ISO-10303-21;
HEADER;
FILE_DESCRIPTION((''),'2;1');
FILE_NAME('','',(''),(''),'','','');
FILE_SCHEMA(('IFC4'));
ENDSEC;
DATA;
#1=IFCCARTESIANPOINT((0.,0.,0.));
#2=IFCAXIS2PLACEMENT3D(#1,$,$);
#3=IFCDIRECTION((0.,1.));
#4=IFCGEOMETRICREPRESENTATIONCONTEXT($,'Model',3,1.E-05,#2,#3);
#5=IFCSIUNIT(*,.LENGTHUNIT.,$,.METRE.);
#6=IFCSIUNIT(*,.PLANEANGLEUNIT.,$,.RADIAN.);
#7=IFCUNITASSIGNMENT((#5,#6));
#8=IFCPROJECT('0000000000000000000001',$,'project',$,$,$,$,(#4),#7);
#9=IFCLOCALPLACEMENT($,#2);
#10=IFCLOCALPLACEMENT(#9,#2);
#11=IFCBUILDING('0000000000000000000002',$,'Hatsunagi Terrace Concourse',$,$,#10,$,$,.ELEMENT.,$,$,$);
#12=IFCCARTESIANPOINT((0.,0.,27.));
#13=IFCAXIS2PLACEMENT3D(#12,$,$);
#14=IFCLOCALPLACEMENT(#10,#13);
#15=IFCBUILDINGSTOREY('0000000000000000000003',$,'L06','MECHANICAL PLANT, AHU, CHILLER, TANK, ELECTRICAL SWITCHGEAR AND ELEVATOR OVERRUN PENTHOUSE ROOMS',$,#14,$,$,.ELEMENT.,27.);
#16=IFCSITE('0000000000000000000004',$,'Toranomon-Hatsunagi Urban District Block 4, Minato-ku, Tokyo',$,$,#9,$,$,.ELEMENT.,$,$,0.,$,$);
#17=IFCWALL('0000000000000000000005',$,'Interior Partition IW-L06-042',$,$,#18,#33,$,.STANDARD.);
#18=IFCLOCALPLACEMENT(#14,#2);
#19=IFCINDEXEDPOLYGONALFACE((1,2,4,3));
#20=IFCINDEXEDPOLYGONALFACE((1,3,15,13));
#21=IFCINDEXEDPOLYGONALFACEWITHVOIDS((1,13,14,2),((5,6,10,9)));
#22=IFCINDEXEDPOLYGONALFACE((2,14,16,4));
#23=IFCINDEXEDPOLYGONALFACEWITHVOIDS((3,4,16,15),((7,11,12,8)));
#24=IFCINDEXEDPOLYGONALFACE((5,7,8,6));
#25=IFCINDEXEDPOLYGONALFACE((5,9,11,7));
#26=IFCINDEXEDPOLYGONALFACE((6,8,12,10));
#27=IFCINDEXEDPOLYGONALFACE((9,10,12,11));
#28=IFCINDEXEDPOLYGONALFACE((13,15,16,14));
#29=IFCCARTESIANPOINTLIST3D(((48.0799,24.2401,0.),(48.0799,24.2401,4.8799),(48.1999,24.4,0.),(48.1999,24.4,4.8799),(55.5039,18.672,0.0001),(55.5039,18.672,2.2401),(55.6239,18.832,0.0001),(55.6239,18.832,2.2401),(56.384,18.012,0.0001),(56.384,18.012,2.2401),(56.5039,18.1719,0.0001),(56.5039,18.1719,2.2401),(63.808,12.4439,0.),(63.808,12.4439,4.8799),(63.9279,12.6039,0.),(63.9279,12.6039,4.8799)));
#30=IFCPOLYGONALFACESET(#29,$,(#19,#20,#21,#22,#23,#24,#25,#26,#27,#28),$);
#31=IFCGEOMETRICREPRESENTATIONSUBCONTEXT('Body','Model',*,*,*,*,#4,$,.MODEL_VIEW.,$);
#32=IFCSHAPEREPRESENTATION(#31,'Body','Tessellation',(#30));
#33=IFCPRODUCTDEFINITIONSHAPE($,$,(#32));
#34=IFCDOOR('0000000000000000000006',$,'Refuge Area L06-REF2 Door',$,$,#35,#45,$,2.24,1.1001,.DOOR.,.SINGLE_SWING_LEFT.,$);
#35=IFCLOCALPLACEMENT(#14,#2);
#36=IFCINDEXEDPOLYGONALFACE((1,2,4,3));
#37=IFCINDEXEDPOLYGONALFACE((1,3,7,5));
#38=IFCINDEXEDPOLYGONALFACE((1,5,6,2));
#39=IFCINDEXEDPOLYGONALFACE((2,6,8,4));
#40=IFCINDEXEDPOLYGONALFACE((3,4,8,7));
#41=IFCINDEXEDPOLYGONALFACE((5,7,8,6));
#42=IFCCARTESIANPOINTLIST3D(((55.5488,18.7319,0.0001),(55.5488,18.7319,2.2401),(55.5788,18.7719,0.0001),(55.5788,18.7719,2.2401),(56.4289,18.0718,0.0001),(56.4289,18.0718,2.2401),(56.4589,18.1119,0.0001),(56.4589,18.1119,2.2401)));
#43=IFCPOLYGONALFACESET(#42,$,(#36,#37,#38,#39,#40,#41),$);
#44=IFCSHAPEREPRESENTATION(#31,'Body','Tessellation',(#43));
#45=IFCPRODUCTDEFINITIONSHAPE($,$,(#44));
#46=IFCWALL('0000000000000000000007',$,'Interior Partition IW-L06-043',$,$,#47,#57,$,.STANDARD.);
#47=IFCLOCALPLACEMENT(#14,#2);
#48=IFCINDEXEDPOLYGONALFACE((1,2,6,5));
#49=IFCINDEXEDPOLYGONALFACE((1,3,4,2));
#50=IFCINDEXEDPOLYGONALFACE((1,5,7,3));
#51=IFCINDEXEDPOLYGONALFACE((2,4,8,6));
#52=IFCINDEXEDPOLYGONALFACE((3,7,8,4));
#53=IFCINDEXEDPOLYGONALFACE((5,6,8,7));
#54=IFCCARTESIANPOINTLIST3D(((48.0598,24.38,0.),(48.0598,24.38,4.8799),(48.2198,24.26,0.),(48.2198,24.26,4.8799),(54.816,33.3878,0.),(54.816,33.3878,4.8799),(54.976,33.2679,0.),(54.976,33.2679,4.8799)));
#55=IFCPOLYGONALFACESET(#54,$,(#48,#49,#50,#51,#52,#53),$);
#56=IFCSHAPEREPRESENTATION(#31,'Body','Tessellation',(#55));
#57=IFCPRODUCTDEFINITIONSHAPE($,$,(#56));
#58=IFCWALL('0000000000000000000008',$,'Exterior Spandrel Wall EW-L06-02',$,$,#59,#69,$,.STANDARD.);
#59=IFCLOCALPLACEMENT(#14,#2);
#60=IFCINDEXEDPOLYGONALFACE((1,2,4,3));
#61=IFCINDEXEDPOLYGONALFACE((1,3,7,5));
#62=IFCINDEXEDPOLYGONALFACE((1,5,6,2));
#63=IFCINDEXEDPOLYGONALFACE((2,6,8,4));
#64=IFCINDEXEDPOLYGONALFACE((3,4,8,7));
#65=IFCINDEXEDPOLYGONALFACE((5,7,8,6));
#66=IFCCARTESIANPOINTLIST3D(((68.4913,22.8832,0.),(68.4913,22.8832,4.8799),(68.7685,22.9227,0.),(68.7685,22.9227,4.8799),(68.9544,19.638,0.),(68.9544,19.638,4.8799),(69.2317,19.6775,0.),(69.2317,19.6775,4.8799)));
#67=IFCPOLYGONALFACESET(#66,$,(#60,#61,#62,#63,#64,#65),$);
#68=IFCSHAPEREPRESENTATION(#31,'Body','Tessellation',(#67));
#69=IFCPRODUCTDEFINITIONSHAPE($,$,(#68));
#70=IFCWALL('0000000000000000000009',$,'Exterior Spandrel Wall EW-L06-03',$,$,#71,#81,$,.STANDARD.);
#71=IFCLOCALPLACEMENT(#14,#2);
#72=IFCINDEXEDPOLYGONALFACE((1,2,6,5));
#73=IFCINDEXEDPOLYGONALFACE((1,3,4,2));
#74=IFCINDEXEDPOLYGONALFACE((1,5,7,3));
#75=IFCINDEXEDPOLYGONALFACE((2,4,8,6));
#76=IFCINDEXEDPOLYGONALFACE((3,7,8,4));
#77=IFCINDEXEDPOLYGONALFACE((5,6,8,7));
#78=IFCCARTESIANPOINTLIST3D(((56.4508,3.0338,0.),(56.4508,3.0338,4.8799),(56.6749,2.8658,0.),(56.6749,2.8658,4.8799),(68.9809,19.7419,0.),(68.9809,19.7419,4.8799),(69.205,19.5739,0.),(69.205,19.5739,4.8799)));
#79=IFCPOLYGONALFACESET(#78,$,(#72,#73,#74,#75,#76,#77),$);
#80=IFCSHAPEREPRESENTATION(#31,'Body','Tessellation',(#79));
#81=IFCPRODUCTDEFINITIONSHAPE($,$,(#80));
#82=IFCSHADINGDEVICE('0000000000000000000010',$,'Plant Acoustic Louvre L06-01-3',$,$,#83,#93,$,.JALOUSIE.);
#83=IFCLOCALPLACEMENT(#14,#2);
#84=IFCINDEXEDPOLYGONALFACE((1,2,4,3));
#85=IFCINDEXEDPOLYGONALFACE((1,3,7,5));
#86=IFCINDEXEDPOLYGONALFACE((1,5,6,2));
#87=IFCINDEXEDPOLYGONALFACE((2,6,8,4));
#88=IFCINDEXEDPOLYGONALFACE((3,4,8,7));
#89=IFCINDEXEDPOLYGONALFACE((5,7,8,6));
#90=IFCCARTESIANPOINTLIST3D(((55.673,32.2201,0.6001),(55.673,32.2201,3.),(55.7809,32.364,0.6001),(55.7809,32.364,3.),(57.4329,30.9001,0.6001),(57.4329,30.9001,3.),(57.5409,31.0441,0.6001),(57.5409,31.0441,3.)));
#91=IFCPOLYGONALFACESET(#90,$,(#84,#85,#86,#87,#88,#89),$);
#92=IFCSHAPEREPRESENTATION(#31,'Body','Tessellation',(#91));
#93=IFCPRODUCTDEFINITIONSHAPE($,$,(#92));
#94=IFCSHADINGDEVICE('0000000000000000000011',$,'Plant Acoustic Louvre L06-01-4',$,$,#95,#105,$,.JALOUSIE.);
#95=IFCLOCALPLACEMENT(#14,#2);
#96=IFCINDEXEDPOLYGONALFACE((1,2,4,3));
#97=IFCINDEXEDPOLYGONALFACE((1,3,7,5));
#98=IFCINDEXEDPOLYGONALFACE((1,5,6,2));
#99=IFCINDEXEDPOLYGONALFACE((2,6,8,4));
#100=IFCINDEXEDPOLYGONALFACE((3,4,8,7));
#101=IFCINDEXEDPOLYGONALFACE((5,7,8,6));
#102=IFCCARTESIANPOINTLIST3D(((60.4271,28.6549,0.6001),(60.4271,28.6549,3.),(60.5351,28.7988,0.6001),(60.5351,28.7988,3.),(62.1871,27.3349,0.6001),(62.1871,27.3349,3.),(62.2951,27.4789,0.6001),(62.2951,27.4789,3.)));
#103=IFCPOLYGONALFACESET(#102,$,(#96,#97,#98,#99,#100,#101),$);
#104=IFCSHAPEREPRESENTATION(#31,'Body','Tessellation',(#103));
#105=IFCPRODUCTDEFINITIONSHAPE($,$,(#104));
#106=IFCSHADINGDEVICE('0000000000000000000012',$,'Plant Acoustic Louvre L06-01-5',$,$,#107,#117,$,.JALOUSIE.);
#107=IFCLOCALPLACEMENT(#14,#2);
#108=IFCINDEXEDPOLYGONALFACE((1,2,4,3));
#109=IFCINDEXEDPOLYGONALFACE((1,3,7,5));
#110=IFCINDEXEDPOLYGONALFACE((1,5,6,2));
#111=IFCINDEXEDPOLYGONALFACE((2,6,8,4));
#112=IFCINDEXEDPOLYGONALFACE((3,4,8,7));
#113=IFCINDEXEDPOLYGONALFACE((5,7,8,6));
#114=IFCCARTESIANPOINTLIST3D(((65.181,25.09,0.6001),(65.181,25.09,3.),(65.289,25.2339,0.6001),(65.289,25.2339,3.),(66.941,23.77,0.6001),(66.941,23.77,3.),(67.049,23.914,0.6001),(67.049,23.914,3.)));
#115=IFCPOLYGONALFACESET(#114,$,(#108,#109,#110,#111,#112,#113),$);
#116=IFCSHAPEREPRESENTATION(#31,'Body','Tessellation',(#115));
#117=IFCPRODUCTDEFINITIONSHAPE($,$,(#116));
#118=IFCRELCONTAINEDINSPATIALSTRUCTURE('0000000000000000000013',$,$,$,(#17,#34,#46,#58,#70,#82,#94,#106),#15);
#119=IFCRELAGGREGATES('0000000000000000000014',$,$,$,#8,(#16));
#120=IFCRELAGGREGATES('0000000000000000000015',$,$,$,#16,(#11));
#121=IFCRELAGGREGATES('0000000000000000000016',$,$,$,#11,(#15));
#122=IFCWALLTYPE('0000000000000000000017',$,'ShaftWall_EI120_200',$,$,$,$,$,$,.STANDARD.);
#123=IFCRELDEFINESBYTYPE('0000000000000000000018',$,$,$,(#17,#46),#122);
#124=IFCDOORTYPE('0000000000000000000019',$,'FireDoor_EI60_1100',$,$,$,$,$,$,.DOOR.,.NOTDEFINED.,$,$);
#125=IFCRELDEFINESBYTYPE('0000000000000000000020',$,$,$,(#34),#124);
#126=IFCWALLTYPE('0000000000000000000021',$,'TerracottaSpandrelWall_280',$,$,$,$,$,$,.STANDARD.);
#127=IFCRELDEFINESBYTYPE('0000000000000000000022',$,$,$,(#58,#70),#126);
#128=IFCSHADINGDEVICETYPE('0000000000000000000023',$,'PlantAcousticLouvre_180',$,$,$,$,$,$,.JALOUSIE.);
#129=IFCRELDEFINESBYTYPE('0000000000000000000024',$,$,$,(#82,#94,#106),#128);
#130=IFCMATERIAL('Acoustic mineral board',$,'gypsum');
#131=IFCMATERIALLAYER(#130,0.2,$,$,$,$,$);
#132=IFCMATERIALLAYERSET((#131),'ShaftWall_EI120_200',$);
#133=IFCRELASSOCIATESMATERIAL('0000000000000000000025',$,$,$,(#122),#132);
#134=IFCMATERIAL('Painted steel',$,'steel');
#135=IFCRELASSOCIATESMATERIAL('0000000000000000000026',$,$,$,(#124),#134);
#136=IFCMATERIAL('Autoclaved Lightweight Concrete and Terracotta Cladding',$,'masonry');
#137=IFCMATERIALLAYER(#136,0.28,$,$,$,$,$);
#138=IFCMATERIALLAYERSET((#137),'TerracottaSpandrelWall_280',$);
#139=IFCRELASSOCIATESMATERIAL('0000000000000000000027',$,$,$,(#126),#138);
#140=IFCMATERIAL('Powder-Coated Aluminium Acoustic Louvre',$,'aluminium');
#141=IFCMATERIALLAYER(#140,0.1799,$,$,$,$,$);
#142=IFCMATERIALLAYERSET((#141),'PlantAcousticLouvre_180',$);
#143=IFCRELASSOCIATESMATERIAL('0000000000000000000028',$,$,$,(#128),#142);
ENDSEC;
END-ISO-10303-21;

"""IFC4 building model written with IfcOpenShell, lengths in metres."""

from ifc_helpers import new_model, si_unit, direction, frame, frame_2d, origin, origin_2d, place, context, subcontext, project, spatial, rectangle, extrude, material, layer, layer_set, type_object, element, fill, save


model = new_model("IFC4")

# Units and contexts
model_context = context("Model", 3, precision=1e-05, world=origin(), true_north=direction((0.0, 1.0)))
body_context = subcontext(model_context, "Body", "Model", "MODEL_VIEW")
ifc_project = project(units=[si_unit("LENGTHUNIT", "METRE"), si_unit("PLANEANGLEUNIT", "RADIAN")], contexts=[model_context])

# Site, building, storey
site_placement = place(None, origin())
site = spatial("IfcSite", under=ifc_project, at=site_placement, Name="Toranomon-Hatsunagi Urban District Block 4, Minato-ku, Tokyo", CompositionType="ELEMENT", RefElevation=0.0)
building_placement = place(site_placement, origin())
building = spatial("IfcBuilding", under=site, at=building_placement, Name="Hatsunagi Terrace Concourse", CompositionType="ELEMENT")
storey_placement = place(building_placement, frame((0.0, 0.0, 27.0)))
storey = spatial("IfcBuildingStorey", under=building, at=storey_placement, Name="L06", Description="MECHANICAL PLANT, AHU, CHILLER, TANK, ELECTRICAL SWITCHGEAR AND ELEVATOR OVERRUN PENTHOUSE ROOMS", CompositionType="ELEMENT", Elevation=27.0)

# Shared definitions
ifc_material_1 = material(Name="Acoustic mineral board", Category="gypsum")
ifc_layer_1 = layer(ifc_material_1, 0.2)
ifc_layer_set_1 = layer_set([ifc_layer_1], Name="ShaftWall_EI120_200")
wall_type_1 = type_object("IfcWallType", Name="ShaftWall_EI120_200", PredefinedType="STANDARD", material=ifc_layer_set_1)

# Wall, opening, door
wall_1_placement = place(storey_placement, frame((48.1399, 24.3201, 0.0), z_axis=(0.0, 0.0, 1.0), x_axis=(0.799997, -0.600004, 0.0)))
wall_1 = element("IfcWall", 1, at=wall_1_placement, inside=storey, type_object=wall_type_1, Name="Interior Partition IW-L06-042", PredefinedType="STANDARD", context=body_context, shape_type="SweptSolid", body=[
    extrude(rectangle(XDim=19.6602, YDim=0.2, at=frame_2d((9.8301, 0.0))), origin(), (0.0, 0.0, 1.0), 4.8799),
])
opening_1_placement = place(wall_1_placement, frame((9.28, 0.0, 0.0)))
opening_1 = element("IfcOpeningElement", 2, at=opening_1_placement, cuts=wall_1, PredefinedType="OPENING", context=body_context, shape_type="SweptSolid", body=[
    extrude(rectangle(XDim=1.1001, YDim=2.24, at=frame_2d((0.55, 1.1201))), frame((0.0, 0.1099, 0.0), z_axis=(0.0, -1.0, 0.0), x_axis=(1.0, 0.0, 0.0)), (0.0, 0.0, 1.0), 0.22),
])
ifc_material_2 = material(Name="Painted steel", Category="steel")
door_type_1 = type_object("IfcDoorType", Name="FireDoor_EI60_1100", OperationType="NOTDEFINED", PredefinedType="DOOR", material=ifc_material_2)
door_1_placement = place(opening_1_placement, origin())
door_1 = element("IfcDoor", 3, at=door_1_placement, inside=storey, type_object=door_type_1, Name="Refuge Area L06-REF2 Door", OperationType="SINGLE_SWING_LEFT", OverallHeight=2.24, OverallWidth=1.1001, PredefinedType="DOOR", context=body_context, shape_type="SweptSolid", body=[
    extrude(rectangle(XDim=1.1001, YDim=2.24, at=frame_2d((0.55, 1.1201))), frame((0.0, 0.0249, 0.0), z_axis=(0.0, -1.0, 0.0), x_axis=(1.0, 0.0, 0.0)), (0.0, 0.0, 1.0), 0.05),
])
fill(opening_1, door_1)

# Walls
wall_2_placement = place(storey_placement, frame((48.1399, 24.3201, 0.0), z_axis=(0.0, 0.0, 1.0), x_axis=(0.600014, 0.79999, 0.0)))
element("IfcWall", 4, at=wall_2_placement, inside=storey, type_object=wall_type_1, Name="Interior Partition IW-L06-043", PredefinedType="STANDARD", context=body_context, shape_type="SweptSolid", body=[
    extrude(rectangle(XDim=11.26, YDim=0.2, at=frame_2d((5.6299, 0.0))), origin(), (0.0, 0.0, 1.0), 4.8799),
])
ifc_material_3 = material(Name="Autoclaved Lightweight Concrete and Terracotta Cladding", Category="masonry")
ifc_layer_2 = layer(ifc_material_3, 0.28)
ifc_layer_set_2 = layer_set([ifc_layer_2], Name="TerracottaSpandrelWall_280")
wall_type_2 = type_object("IfcWallType", Name="TerracottaSpandrelWall_280", PredefinedType="STANDARD", material=ifc_layer_set_2)
wall_3_placement = place(storey_placement, frame((68.6299, 22.9031, 0.0), z_axis=(0.0, 0.0, 1.0), x_axis=(0.141286, -0.989969, 0.0)))
element("IfcWall", 5, at=wall_3_placement, inside=storey, type_object=wall_type_2, Name="Exterior Spandrel Wall EW-L06-02", PredefinedType="STANDARD", context=body_context, shape_type="SweptSolid", body=[
    extrude(rectangle(XDim=3.2781, YDim=0.28, at=frame_2d((1.6392, 0.0))), origin(), (0.0, 0.0, 1.0), 4.8799),
])
wall_4_placement = place(storey_placement, frame((69.093, 19.658, 0.0), z_axis=(0.0, 0.0, 1.0), x_axis=(-0.59997, -0.800022, 0.0)))
element("IfcWall", 6, at=wall_4_placement, inside=storey, type_object=wall_type_2, Name="Exterior Spandrel Wall EW-L06-03", PredefinedType="STANDARD", context=body_context, shape_type="SweptSolid", body=[
    extrude(rectangle(XDim=20.8845, YDim=0.28, at=frame_2d((10.4424, 0.0))), origin(), (0.0, 0.0, 1.0), 4.8799),
])

# Shading devices
ifc_material_4 = material(Name="Powder-Coated Aluminium Acoustic Louvre", Category="aluminium")
ifc_layer_3 = layer(ifc_material_4, 0.1799)
ifc_layer_set_3 = layer_set([ifc_layer_3], Name="PlantAcousticLouvre_180")
shading_device_type = type_object("IfcShadingDeviceType", Name="PlantAcousticLouvre_180", PredefinedType="JALOUSIE", material=ifc_layer_set_3)
for number, where, z_axis, x_axis, name in (
    (7, (56.6069, 31.6321, 0.6001), (0.0, 0.0, 1.0), (0.800008, -0.599989, 0.0), "Plant Acoustic Louvre L06-01-3"),
    (8, (61.3611, 28.0669, 0.6001), (0.0, 0.0, 1.0), (0.800008, -0.599989, 0.0), "Plant Acoustic Louvre L06-01-4"),
    (9, (66.115, 24.502, 0.6001), (0.0, 0.0, 1.0), (0.800008, -0.599989, 0.0), "Plant Acoustic Louvre L06-01-5"),
):
    element("IfcShadingDevice", number, at=place(storey_placement, frame(where, z_axis=z_axis, x_axis=x_axis)), inside=storey, type_object=shading_device_type, Name=name, PredefinedType="JALOUSIE", context=body_context, shape_type="SweptSolid", body=[
        extrude(rectangle(XDim=2.2, YDim=0.1799, at=origin_2d()), origin(), (0.0, 0.0, 1.0), 2.3999),
    ])

save(model, "model.ifc")
